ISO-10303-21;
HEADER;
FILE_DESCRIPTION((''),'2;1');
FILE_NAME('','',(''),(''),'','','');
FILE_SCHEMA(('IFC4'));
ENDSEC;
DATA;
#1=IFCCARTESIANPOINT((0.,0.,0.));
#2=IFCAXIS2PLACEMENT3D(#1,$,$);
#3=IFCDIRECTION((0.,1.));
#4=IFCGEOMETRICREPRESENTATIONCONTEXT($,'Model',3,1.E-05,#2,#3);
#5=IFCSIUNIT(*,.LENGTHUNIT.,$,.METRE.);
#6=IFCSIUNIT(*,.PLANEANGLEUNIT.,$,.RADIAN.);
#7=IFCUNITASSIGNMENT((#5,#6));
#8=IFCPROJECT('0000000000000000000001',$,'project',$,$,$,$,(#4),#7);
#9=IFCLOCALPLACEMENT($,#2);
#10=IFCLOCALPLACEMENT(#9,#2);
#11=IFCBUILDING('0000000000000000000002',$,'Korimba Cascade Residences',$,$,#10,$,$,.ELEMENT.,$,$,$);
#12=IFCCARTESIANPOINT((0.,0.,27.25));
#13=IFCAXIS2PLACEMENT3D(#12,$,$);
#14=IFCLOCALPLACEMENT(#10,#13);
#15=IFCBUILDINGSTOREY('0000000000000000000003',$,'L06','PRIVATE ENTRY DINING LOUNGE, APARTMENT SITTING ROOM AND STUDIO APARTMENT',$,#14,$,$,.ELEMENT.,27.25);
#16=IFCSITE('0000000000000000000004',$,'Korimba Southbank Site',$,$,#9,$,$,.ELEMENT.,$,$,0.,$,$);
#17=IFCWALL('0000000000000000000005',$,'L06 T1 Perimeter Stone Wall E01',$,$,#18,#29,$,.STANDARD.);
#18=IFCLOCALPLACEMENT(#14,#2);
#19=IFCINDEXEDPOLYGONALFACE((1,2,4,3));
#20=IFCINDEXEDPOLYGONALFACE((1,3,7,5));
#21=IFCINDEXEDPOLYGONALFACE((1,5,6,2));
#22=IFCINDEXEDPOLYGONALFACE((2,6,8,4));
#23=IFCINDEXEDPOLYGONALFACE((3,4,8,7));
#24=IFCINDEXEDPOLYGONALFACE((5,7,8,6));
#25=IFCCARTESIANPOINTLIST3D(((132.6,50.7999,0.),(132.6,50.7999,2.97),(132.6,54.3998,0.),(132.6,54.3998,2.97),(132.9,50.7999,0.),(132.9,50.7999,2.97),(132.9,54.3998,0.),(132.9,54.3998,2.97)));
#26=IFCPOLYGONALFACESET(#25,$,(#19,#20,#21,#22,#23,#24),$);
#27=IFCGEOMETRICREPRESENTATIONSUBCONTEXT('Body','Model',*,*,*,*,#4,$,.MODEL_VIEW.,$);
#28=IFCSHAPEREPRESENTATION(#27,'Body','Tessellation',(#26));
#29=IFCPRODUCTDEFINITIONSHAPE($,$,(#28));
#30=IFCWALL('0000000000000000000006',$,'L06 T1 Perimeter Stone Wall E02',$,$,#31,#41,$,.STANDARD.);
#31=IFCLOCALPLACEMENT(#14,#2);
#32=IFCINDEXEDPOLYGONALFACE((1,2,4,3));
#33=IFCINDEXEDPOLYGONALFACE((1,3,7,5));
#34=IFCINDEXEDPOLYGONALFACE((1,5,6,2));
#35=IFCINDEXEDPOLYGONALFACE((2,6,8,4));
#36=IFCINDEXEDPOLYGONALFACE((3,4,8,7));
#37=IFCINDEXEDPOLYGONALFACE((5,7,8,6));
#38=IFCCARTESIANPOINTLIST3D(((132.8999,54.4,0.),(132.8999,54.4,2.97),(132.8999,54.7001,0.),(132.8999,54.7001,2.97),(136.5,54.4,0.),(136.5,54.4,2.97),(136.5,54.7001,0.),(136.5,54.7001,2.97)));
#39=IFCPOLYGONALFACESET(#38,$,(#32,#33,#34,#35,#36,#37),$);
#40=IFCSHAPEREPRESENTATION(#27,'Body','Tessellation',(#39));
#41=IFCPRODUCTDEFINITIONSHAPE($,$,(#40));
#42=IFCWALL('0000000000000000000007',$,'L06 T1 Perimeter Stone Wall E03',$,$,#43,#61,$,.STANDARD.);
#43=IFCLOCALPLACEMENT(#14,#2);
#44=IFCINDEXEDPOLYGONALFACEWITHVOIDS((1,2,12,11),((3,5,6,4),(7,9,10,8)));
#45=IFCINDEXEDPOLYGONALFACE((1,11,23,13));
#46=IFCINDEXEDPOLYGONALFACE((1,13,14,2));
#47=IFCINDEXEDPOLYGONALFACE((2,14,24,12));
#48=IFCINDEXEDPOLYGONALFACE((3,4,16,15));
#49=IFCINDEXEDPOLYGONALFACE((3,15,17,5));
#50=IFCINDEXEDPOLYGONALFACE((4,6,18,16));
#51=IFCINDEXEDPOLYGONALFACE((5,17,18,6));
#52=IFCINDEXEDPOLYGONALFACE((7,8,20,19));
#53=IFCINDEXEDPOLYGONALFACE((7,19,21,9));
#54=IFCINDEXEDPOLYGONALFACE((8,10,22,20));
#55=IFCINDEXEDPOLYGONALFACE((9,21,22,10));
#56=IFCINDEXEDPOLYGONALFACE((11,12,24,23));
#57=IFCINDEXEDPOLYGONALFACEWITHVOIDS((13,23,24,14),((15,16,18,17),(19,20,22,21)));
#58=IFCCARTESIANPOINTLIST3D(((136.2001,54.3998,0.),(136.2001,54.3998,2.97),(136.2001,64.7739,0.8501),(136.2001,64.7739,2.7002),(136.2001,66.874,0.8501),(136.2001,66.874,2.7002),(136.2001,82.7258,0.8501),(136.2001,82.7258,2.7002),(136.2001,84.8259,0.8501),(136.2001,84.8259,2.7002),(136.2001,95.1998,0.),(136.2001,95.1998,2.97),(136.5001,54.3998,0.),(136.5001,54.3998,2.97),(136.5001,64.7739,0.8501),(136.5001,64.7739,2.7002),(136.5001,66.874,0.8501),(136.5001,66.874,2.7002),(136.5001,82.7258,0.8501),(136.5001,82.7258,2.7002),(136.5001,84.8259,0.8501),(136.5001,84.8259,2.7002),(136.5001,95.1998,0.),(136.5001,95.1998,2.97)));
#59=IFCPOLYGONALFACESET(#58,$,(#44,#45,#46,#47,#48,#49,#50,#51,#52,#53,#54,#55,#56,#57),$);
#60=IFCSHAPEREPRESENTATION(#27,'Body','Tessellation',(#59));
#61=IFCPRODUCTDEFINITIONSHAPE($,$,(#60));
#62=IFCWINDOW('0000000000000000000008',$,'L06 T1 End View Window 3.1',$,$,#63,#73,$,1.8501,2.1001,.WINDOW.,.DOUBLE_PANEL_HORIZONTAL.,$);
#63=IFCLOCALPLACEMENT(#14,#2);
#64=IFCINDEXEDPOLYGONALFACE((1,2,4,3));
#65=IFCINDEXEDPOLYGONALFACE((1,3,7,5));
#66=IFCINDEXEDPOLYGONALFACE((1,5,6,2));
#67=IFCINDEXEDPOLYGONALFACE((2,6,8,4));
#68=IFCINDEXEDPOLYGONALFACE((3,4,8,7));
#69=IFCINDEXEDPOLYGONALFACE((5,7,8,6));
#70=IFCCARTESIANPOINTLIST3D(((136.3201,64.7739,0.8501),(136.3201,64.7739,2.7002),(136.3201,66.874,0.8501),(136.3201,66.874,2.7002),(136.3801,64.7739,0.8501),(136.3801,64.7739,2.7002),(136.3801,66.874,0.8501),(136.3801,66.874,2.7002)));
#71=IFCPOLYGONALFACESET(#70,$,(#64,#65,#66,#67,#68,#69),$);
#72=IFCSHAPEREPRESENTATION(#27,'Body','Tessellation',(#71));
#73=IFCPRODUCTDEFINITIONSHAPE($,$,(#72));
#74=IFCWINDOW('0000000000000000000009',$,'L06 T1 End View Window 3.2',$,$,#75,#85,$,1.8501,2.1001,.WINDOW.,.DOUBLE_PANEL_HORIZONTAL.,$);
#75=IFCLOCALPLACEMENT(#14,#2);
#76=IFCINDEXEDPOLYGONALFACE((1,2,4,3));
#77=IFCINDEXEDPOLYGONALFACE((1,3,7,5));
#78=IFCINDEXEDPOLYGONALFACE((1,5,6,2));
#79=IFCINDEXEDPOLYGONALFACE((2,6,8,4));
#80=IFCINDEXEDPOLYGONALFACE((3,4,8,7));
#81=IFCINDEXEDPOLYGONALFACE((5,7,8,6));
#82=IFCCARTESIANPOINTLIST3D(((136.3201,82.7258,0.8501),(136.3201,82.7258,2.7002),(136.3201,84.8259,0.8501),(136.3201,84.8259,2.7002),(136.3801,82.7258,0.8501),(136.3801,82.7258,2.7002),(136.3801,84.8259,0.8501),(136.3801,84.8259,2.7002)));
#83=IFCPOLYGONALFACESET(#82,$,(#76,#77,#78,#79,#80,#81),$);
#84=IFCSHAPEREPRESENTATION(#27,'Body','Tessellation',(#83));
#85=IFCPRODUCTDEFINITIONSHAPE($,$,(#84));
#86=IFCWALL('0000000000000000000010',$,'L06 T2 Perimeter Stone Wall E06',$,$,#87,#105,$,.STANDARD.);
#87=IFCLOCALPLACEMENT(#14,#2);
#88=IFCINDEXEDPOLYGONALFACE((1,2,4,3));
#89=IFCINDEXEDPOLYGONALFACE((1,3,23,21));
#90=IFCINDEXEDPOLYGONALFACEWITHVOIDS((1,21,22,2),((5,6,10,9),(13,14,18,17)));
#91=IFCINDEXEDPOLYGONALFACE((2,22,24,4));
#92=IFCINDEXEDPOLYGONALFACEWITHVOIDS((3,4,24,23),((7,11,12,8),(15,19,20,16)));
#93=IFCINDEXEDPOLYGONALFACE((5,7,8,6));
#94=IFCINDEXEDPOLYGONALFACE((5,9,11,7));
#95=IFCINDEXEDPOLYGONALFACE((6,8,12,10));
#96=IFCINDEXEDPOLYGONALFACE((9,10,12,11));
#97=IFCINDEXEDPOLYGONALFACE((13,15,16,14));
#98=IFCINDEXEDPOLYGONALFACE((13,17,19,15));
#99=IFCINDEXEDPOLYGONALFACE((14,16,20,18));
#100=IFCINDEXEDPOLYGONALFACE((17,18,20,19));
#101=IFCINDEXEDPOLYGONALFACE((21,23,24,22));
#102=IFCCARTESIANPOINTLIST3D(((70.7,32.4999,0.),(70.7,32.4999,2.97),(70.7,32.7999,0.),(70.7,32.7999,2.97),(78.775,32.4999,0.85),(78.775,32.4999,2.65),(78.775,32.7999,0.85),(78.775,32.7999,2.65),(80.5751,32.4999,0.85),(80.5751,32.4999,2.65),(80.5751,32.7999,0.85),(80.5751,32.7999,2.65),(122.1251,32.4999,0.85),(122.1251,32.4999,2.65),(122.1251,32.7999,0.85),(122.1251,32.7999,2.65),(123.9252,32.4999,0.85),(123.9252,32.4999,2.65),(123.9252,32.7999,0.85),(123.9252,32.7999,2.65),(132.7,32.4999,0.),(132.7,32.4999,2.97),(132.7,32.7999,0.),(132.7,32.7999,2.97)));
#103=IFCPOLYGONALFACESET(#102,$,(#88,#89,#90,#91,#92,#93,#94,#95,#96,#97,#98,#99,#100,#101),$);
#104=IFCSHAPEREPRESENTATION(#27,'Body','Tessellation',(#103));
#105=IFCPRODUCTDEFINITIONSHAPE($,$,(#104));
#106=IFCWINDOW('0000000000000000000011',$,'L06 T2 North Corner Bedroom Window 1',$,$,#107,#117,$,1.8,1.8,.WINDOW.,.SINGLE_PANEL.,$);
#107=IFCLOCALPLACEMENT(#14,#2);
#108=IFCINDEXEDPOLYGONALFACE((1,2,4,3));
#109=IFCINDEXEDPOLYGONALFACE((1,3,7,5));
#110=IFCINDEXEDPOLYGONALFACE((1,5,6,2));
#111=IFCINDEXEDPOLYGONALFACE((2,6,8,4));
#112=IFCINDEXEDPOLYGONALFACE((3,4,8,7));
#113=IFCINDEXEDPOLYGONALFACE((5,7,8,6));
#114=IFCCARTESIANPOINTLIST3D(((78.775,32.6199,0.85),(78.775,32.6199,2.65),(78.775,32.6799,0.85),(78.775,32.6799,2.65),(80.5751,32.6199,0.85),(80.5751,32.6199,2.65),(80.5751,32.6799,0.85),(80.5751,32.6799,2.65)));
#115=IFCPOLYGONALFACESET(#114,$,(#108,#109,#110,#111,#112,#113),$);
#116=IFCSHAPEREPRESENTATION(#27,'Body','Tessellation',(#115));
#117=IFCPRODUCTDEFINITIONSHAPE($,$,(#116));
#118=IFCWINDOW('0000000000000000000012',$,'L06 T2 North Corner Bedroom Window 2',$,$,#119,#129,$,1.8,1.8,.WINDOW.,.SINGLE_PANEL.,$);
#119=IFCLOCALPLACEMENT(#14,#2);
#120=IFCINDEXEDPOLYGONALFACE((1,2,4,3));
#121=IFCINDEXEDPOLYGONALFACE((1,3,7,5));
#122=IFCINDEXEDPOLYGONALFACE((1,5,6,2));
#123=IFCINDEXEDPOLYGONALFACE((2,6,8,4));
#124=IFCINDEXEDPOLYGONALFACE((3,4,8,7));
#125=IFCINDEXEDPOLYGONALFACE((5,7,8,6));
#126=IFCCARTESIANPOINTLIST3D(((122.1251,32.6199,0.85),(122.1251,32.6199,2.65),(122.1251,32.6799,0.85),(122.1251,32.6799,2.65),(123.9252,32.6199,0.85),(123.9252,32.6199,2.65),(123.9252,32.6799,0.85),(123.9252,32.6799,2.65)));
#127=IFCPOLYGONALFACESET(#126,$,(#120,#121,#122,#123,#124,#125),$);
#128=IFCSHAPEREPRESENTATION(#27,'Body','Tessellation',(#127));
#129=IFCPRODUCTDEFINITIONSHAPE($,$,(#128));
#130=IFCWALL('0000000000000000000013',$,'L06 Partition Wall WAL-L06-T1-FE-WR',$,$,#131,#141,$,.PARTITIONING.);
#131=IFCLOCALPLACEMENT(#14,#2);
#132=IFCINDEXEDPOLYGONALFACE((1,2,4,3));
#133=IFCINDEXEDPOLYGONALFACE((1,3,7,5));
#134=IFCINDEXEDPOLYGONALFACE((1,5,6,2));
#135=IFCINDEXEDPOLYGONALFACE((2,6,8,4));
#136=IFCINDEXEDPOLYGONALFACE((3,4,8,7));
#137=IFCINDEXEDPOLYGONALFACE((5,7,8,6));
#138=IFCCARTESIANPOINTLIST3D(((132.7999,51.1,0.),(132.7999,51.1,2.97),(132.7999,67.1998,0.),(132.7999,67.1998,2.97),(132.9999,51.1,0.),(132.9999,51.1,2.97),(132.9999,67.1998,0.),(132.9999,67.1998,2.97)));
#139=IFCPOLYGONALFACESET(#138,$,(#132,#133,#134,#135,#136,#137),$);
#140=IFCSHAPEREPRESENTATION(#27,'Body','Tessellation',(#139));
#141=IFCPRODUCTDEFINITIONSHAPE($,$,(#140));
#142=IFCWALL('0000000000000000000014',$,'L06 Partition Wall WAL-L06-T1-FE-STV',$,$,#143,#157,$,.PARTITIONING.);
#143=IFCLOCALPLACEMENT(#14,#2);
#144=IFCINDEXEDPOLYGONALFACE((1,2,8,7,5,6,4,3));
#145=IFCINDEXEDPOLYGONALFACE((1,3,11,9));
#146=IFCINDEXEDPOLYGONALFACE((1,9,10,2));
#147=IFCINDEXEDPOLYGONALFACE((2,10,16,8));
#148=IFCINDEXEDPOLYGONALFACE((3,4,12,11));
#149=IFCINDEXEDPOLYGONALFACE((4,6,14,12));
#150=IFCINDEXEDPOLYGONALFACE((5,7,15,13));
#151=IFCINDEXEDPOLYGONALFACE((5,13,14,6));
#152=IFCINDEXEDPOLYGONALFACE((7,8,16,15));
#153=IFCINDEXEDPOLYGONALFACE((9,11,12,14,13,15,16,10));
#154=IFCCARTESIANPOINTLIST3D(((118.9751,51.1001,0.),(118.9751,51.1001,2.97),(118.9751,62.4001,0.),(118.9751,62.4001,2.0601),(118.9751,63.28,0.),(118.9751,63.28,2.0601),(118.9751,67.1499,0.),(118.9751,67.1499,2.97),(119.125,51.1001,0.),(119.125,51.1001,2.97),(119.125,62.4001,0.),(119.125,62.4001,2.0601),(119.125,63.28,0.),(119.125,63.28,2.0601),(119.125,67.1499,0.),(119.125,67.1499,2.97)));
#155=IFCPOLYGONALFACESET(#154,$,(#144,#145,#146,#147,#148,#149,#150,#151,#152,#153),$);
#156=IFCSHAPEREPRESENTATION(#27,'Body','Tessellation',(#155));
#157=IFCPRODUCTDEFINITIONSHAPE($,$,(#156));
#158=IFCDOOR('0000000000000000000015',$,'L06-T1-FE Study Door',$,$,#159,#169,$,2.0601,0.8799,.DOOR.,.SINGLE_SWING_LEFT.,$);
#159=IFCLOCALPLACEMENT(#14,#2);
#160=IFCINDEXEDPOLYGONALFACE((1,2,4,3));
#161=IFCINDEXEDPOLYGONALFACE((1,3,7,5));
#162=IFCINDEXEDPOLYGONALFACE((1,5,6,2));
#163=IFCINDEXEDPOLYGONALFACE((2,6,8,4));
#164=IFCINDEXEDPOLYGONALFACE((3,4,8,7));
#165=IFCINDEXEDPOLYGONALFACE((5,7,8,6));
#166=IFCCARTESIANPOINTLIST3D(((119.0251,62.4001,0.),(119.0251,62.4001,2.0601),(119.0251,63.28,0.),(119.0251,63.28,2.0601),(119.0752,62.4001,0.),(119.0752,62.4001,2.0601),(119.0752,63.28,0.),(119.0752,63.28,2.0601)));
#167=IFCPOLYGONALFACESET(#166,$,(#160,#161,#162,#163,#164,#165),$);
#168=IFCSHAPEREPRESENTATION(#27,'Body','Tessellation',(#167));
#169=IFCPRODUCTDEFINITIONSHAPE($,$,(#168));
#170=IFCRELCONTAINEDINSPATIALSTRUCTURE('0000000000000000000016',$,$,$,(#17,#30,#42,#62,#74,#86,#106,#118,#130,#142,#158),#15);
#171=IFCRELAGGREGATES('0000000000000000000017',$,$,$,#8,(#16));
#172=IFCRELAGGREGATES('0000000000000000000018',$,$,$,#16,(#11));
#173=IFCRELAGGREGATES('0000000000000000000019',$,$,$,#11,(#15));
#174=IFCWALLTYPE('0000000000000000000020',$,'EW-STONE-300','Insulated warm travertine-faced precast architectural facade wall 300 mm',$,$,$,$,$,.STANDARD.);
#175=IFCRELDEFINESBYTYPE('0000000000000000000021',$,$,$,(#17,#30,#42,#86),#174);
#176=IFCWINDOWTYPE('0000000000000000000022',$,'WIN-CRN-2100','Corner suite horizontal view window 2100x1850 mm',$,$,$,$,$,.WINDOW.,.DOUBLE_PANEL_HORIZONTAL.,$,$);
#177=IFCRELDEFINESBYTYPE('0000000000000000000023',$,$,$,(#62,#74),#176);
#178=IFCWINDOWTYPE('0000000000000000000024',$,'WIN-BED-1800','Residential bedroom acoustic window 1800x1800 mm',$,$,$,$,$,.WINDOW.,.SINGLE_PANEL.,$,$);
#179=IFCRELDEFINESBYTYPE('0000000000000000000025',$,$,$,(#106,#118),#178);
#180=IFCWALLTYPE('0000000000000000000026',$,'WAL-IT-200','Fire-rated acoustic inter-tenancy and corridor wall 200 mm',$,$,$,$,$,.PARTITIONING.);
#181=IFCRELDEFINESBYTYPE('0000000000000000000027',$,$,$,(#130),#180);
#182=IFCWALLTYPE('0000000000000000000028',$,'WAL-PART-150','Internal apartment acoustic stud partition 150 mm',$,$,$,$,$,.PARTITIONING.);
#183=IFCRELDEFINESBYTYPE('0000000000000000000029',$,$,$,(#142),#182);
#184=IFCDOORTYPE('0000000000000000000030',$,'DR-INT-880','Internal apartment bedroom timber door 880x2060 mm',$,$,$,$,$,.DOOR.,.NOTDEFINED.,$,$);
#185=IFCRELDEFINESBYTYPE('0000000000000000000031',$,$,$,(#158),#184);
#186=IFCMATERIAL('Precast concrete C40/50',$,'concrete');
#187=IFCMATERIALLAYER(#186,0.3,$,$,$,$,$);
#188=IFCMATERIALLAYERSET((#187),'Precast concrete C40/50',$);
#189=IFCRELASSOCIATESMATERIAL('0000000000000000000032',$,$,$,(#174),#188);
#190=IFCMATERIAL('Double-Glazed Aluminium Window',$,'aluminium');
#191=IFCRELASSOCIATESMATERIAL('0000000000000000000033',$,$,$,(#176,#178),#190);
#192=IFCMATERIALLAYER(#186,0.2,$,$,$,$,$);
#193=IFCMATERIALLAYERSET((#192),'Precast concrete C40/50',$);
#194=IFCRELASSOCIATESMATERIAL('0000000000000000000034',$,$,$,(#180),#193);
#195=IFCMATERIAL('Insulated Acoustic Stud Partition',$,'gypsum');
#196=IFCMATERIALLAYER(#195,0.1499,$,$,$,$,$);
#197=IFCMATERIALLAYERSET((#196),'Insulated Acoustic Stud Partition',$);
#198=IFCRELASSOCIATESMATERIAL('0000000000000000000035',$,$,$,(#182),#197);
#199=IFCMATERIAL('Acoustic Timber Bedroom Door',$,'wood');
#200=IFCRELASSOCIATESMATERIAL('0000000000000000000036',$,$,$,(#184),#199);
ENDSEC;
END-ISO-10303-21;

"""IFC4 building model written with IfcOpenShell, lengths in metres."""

from ifc_helpers import new_model, si_unit, direction, frame, frame_2d, origin, place, context, subcontext, project, spatial, rectangle, extrude, material, layer, layer_set, type_object, element, fill, save


model = new_model("IFC4")

# Units and contexts
model_context = context("Model", 3, precision=1e-05, world=origin(), true_north=direction((0.0, 1.0)))
body_context = subcontext(model_context, "Body", "Model", "MODEL_VIEW")
ifc_project = project(units=[si_unit("LENGTHUNIT", "METRE"), si_unit("PLANEANGLEUNIT", "RADIAN")], contexts=[model_context])

# Site, building, storey
site_placement = place(None, origin())
site = spatial("IfcSite", under=ifc_project, at=site_placement, Name="Korimba Southbank Site", CompositionType="ELEMENT", RefElevation=0.0)
building_placement = place(site_placement, origin())
building = spatial("IfcBuilding", under=site, at=building_placement, Name="Korimba Cascade Residences", CompositionType="ELEMENT")
storey_placement = place(building_placement, frame((0.0, 0.0, 27.25)))
storey = spatial("IfcBuildingStorey", under=building, at=storey_placement, Name="L06", Description="PRIVATE ENTRY DINING LOUNGE, APARTMENT SITTING ROOM AND STUDIO APARTMENT", CompositionType="ELEMENT", Elevation=27.25)

# Walls
ifc_material_1 = material(Name="Precast concrete C40/50", Category="concrete")
ifc_layer_1 = layer(ifc_material_1, 0.3)
ifc_layer_set_1 = layer_set([ifc_layer_1], Name="Precast concrete C40/50")
wall_type_1 = type_object("IfcWallType", Name="EW-STONE-300", Description="Insulated warm travertine-faced precast architectural facade wall 300 mm", PredefinedType="STANDARD", material=ifc_layer_set_1)
wall_1_placement = place(storey_placement, frame((132.75, 50.8, 0.0), z_axis=(0.0, 0.0, 1.0), x_axis=(0.0, 1.0, 0.0)))
element("IfcWall", 1, at=wall_1_placement, inside=storey, type_object=wall_type_1, Name="L06 T1 Perimeter Stone Wall E01", PredefinedType="STANDARD", context=body_context, shape_type="SweptSolid", body=[
    extrude(rectangle(XDim=3.5999, YDim=0.3, at=frame_2d((1.7998, 0.0))), origin(), (0.0, 0.0, 1.0), 2.97),
])
wall_2_placement = place(storey_placement, frame((132.8999, 54.55, 0.0), z_axis=(0.0, 0.0, 1.0), x_axis=(1.0, 0.0, 0.0)))
element("IfcWall", 2, at=wall_2_placement, inside=storey, type_object=wall_type_1, Name="L06 T1 Perimeter Stone Wall E02", PredefinedType="STANDARD", context=body_context, shape_type="SweptSolid", body=[
    extrude(rectangle(XDim=3.6001, YDim=0.3, at=frame_2d((1.8, 0.0))), origin(), (0.0, 0.0, 1.0), 2.97),
])

# Walls, openings, windows
wall_3_placement = place(storey_placement, frame((136.3501, 54.3999, 0.0), z_axis=(0.0, 0.0, 1.0), x_axis=(0.0, 1.0, 0.0)))
wall_3 = element("IfcWall", 3, at=wall_3_placement, inside=storey, type_object=wall_type_1, Name="L06 T1 Perimeter Stone Wall E03", PredefinedType="STANDARD", context=body_context, shape_type="SweptSolid", body=[
    extrude(rectangle(XDim=40.8, YDim=0.3, at=frame_2d((20.3999, 0.0))), origin(), (0.0, 0.0, 1.0), 2.97),
])
opening_1_placement = place(wall_3_placement, frame((10.374, 0.0, 0.8501)))
opening_1 = element("IfcOpeningElement", 4, at=opening_1_placement, cuts=wall_3, PredefinedType="OPENING", context=body_context, shape_type="SweptSolid", body=[
    extrude(rectangle(XDim=2.1001, YDim=1.8501, at=frame_2d((1.05, 0.925))), frame((0.0, 0.1602, 0.0), z_axis=(0.0, -1.0, 0.0), x_axis=(1.0, 0.0, 0.0)), (0.0, 0.0, 1.0), 0.3201),
])
opening_2_placement = place(wall_3_placement, frame((28.3259, 0.0, 0.8501)))
opening_2 = element("IfcOpeningElement", 5, at=opening_2_placement, cuts=wall_3, PredefinedType="OPENING", context=body_context, shape_type="SweptSolid", body=[
    extrude(rectangle(XDim=2.1001, YDim=1.8501, at=frame_2d((1.05, 0.925))), frame((0.0, 0.1602, 0.0), z_axis=(0.0, -1.0, 0.0), x_axis=(1.0, 0.0, 0.0)), (0.0, 0.0, 1.0), 0.3201),
])
ifc_material_2 = material(Name="Double-Glazed Aluminium Window", Category="aluminium")
window_type_1 = type_object("IfcWindowType", Name="WIN-CRN-2100", Description="Corner suite horizontal view window 2100x1850 mm", PartitioningType="DOUBLE_PANEL_HORIZONTAL", PredefinedType="WINDOW", material=ifc_material_2)
window_1_placement = place(opening_1_placement, origin())
window_1 = element("IfcWindow", 6, at=window_1_placement, inside=storey, type_object=window_type_1, Name="L06 T1 End View Window 3.1", OverallHeight=1.8501, OverallWidth=2.1001, PartitioningType="DOUBLE_PANEL_HORIZONTAL", PredefinedType="WINDOW", context=body_context, shape_type="SweptSolid", body=[
    extrude(rectangle(XDim=2.1001, YDim=1.8501, at=frame_2d((1.05, 0.925))), frame((0.0, 0.03, 0.0), z_axis=(0.0, -1.0, 0.0), x_axis=(1.0, 0.0, 0.0)), (0.0, 0.0, 1.0), 0.0601),
])
fill(opening_1, window_1)
window_2_placement = place(opening_2_placement, origin())
window_2 = element("IfcWindow", 7, at=window_2_placement, inside=storey, type_object=window_type_1, Name="L06 T1 End View Window 3.2", OverallHeight=1.8501, OverallWidth=2.1001, PartitioningType="DOUBLE_PANEL_HORIZONTAL", PredefinedType="WINDOW", context=body_context, shape_type="SweptSolid", body=[
    extrude(rectangle(XDim=2.1001, YDim=1.8501, at=frame_2d((1.05, 0.925))), frame((0.0, 0.03, 0.0), z_axis=(0.0, -1.0, 0.0), x_axis=(1.0, 0.0, 0.0)), (0.0, 0.0, 1.0), 0.0601),
])
fill(opening_2, window_2)
wall_4_placement = place(storey_placement, frame((132.7, 32.6499, 0.0), z_axis=(0.0, 0.0, 1.0), x_axis=(-1.0, 0.0, 0.0)))
wall_4 = element("IfcWall", 8, at=wall_4_placement, inside=storey, type_object=wall_type_1, Name="L06 T2 Perimeter Stone Wall E06", PredefinedType="STANDARD", context=body_context, shape_type="SweptSolid", body=[
    extrude(rectangle(XDim=62.0, YDim=0.3, at=frame_2d((31.0, 0.0))), origin(), (0.0, 0.0, 1.0), 2.97),
])
opening_3_placement = place(wall_4_placement, frame((52.125, 0.0, 0.8501)))
opening_3 = element("IfcOpeningElement", 9, at=opening_3_placement, cuts=wall_4, PredefinedType="OPENING", context=body_context, shape_type="SweptSolid", body=[
    extrude(rectangle(XDim=1.8, YDim=1.8, at=frame_2d((0.8999, 0.8999))), frame((0.0, 0.1602, 0.0), z_axis=(0.0, -1.0, 0.0), x_axis=(1.0, 0.0, 0.0)), (0.0, 0.0, 1.0), 0.3201),
])
opening_4_placement = place(wall_4_placement, frame((8.7749, 0.0, 0.8501)))
opening_4 = element("IfcOpeningElement", 10, at=opening_4_placement, cuts=wall_4, PredefinedType="OPENING", context=body_context, shape_type="SweptSolid", body=[
    extrude(rectangle(XDim=1.8, YDim=1.8, at=frame_2d((0.8999, 0.8999))), frame((0.0, 0.1602, 0.0), z_axis=(0.0, -1.0, 0.0), x_axis=(1.0, 0.0, 0.0)), (0.0, 0.0, 1.0), 0.3201),
])
window_type_2 = type_object("IfcWindowType", Name="WIN-BED-1800", Description="Residential bedroom acoustic window 1800x1800 mm", PartitioningType="SINGLE_PANEL", PredefinedType="WINDOW", material=ifc_material_2)
window_3_placement = place(opening_3_placement, origin())
window_3 = element("IfcWindow", 11, at=window_3_placement, inside=storey, type_object=window_type_2, Name="L06 T2 North Corner Bedroom Window 1", OverallHeight=1.8, OverallWidth=1.8, PartitioningType="SINGLE_PANEL", PredefinedType="WINDOW", context=body_context, shape_type="SweptSolid", body=[
    extrude(rectangle(XDim=1.8, YDim=1.8, at=frame_2d((0.8999, 0.8999))), frame((0.0, 0.03, 0.0), z_axis=(0.0, -1.0, 0.0), x_axis=(1.0, 0.0, 0.0)), (0.0, 0.0, 1.0), 0.0601),
])
fill(opening_3, window_3)
window_4_placement = place(opening_4_placement, origin())
window_4 = element("IfcWindow", 12, at=window_4_placement, inside=storey, type_object=window_type_2, Name="L06 T2 North Corner Bedroom Window 2", OverallHeight=1.8, OverallWidth=1.8, PartitioningType="SINGLE_PANEL", PredefinedType="WINDOW", context=body_context, shape_type="SweptSolid", body=[
    extrude(rectangle(XDim=1.8, YDim=1.8, at=frame_2d((0.8999, 0.8999))), frame((0.0, 0.03, 0.0), z_axis=(0.0, -1.0, 0.0), x_axis=(1.0, 0.0, 0.0)), (0.0, 0.0, 1.0), 0.0601),
])
fill(opening_4, window_4)

# Wall
ifc_layer_2 = layer(ifc_material_1, 0.2)
ifc_layer_set_2 = layer_set([ifc_layer_2], Name="Precast concrete C40/50")
wall_type_2 = type_object("IfcWallType", Name="WAL-IT-200", Description="Fire-rated acoustic inter-tenancy and corridor wall 200 mm", PredefinedType="PARTITIONING", material=ifc_layer_set_2)
wall_5_placement = place(storey_placement, frame((132.8999, 51.1001, 0.0), z_axis=(0.0, 0.0, 1.0), x_axis=(0.0, 1.0, 0.0)))
element("IfcWall", 13, at=wall_5_placement, inside=storey, type_object=wall_type_2, Name="L06 Partition Wall WAL-L06-T1-FE-WR", PredefinedType="PARTITIONING", context=body_context, shape_type="SweptSolid", body=[
    extrude(rectangle(XDim=16.0999, YDim=0.2, at=frame_2d((8.0498, 0.0))), origin(), (0.0, 0.0, 1.0), 2.97),
])

# Wall, opening, door
ifc_material_3 = material(Name="Insulated Acoustic Stud Partition", Category="gypsum")
ifc_layer_3 = layer(ifc_material_3, 0.1499)
ifc_layer_set_3 = layer_set([ifc_layer_3], Name="Insulated Acoustic Stud Partition")
wall_type_3 = type_object("IfcWallType", Name="WAL-PART-150", Description="Internal apartment acoustic stud partition 150 mm", PredefinedType="PARTITIONING", material=ifc_layer_set_3)
wall_6_placement = place(storey_placement, frame((119.05, 51.1001, 0.0), z_axis=(0.0, 0.0, 1.0), x_axis=(0.0, 1.0, 0.0)))
wall_6 = element("IfcWall", 14, at=wall_6_placement, inside=storey, type_object=wall_type_3, Name="L06 Partition Wall WAL-L06-T1-FE-STV", PredefinedType="PARTITIONING", context=body_context, shape_type="SweptSolid", body=[
    extrude(rectangle(XDim=16.0498, YDim=0.1499, at=frame_2d((8.0249, 0.0))), origin(), (0.0, 0.0, 1.0), 2.97),
])
opening_5_placement = place(wall_6_placement, frame((11.3, 0.0, 0.0)))
opening_5 = element("IfcOpeningElement", 15, at=opening_5_placement, cuts=wall_6, PredefinedType="OPENING", context=body_context, shape_type="SweptSolid", body=[
    extrude(rectangle(XDim=0.8799, YDim=2.0601, at=frame_2d((0.4399, 1.03))), frame((0.0, 0.085, 0.0), z_axis=(0.0, -1.0, 0.0), x_axis=(1.0, 0.0, 0.0)), (0.0, 0.0, 1.0), 0.1699),
])
ifc_material_4 = material(Name="Acoustic Timber Bedroom Door", Category="wood")
door_type = type_object("IfcDoorType", Name="DR-INT-880", Description="Internal apartment bedroom timber door 880x2060 mm", OperationType="NOTDEFINED", PredefinedType="DOOR", material=ifc_material_4)
door_placement = place(opening_5_placement, origin())
door = element("IfcDoor", 16, at=door_placement, inside=storey, type_object=door_type, Name="L06-T1-FE Study Door", OperationType="SINGLE_SWING_LEFT", OverallHeight=2.0601, OverallWidth=0.8799, PredefinedType="DOOR", context=body_context, shape_type="SweptSolid", body=[
    extrude(rectangle(XDim=0.8799, YDim=2.0601, at=frame_2d((0.4399, 1.03))), frame((0.0, 0.0249, 0.0), z_axis=(0.0, -1.0, 0.0), x_axis=(1.0, 0.0, 0.0)), (0.0, 0.0, 1.0), 0.05),
])
fill(opening_5, door)

save(model, "model.ifc")
